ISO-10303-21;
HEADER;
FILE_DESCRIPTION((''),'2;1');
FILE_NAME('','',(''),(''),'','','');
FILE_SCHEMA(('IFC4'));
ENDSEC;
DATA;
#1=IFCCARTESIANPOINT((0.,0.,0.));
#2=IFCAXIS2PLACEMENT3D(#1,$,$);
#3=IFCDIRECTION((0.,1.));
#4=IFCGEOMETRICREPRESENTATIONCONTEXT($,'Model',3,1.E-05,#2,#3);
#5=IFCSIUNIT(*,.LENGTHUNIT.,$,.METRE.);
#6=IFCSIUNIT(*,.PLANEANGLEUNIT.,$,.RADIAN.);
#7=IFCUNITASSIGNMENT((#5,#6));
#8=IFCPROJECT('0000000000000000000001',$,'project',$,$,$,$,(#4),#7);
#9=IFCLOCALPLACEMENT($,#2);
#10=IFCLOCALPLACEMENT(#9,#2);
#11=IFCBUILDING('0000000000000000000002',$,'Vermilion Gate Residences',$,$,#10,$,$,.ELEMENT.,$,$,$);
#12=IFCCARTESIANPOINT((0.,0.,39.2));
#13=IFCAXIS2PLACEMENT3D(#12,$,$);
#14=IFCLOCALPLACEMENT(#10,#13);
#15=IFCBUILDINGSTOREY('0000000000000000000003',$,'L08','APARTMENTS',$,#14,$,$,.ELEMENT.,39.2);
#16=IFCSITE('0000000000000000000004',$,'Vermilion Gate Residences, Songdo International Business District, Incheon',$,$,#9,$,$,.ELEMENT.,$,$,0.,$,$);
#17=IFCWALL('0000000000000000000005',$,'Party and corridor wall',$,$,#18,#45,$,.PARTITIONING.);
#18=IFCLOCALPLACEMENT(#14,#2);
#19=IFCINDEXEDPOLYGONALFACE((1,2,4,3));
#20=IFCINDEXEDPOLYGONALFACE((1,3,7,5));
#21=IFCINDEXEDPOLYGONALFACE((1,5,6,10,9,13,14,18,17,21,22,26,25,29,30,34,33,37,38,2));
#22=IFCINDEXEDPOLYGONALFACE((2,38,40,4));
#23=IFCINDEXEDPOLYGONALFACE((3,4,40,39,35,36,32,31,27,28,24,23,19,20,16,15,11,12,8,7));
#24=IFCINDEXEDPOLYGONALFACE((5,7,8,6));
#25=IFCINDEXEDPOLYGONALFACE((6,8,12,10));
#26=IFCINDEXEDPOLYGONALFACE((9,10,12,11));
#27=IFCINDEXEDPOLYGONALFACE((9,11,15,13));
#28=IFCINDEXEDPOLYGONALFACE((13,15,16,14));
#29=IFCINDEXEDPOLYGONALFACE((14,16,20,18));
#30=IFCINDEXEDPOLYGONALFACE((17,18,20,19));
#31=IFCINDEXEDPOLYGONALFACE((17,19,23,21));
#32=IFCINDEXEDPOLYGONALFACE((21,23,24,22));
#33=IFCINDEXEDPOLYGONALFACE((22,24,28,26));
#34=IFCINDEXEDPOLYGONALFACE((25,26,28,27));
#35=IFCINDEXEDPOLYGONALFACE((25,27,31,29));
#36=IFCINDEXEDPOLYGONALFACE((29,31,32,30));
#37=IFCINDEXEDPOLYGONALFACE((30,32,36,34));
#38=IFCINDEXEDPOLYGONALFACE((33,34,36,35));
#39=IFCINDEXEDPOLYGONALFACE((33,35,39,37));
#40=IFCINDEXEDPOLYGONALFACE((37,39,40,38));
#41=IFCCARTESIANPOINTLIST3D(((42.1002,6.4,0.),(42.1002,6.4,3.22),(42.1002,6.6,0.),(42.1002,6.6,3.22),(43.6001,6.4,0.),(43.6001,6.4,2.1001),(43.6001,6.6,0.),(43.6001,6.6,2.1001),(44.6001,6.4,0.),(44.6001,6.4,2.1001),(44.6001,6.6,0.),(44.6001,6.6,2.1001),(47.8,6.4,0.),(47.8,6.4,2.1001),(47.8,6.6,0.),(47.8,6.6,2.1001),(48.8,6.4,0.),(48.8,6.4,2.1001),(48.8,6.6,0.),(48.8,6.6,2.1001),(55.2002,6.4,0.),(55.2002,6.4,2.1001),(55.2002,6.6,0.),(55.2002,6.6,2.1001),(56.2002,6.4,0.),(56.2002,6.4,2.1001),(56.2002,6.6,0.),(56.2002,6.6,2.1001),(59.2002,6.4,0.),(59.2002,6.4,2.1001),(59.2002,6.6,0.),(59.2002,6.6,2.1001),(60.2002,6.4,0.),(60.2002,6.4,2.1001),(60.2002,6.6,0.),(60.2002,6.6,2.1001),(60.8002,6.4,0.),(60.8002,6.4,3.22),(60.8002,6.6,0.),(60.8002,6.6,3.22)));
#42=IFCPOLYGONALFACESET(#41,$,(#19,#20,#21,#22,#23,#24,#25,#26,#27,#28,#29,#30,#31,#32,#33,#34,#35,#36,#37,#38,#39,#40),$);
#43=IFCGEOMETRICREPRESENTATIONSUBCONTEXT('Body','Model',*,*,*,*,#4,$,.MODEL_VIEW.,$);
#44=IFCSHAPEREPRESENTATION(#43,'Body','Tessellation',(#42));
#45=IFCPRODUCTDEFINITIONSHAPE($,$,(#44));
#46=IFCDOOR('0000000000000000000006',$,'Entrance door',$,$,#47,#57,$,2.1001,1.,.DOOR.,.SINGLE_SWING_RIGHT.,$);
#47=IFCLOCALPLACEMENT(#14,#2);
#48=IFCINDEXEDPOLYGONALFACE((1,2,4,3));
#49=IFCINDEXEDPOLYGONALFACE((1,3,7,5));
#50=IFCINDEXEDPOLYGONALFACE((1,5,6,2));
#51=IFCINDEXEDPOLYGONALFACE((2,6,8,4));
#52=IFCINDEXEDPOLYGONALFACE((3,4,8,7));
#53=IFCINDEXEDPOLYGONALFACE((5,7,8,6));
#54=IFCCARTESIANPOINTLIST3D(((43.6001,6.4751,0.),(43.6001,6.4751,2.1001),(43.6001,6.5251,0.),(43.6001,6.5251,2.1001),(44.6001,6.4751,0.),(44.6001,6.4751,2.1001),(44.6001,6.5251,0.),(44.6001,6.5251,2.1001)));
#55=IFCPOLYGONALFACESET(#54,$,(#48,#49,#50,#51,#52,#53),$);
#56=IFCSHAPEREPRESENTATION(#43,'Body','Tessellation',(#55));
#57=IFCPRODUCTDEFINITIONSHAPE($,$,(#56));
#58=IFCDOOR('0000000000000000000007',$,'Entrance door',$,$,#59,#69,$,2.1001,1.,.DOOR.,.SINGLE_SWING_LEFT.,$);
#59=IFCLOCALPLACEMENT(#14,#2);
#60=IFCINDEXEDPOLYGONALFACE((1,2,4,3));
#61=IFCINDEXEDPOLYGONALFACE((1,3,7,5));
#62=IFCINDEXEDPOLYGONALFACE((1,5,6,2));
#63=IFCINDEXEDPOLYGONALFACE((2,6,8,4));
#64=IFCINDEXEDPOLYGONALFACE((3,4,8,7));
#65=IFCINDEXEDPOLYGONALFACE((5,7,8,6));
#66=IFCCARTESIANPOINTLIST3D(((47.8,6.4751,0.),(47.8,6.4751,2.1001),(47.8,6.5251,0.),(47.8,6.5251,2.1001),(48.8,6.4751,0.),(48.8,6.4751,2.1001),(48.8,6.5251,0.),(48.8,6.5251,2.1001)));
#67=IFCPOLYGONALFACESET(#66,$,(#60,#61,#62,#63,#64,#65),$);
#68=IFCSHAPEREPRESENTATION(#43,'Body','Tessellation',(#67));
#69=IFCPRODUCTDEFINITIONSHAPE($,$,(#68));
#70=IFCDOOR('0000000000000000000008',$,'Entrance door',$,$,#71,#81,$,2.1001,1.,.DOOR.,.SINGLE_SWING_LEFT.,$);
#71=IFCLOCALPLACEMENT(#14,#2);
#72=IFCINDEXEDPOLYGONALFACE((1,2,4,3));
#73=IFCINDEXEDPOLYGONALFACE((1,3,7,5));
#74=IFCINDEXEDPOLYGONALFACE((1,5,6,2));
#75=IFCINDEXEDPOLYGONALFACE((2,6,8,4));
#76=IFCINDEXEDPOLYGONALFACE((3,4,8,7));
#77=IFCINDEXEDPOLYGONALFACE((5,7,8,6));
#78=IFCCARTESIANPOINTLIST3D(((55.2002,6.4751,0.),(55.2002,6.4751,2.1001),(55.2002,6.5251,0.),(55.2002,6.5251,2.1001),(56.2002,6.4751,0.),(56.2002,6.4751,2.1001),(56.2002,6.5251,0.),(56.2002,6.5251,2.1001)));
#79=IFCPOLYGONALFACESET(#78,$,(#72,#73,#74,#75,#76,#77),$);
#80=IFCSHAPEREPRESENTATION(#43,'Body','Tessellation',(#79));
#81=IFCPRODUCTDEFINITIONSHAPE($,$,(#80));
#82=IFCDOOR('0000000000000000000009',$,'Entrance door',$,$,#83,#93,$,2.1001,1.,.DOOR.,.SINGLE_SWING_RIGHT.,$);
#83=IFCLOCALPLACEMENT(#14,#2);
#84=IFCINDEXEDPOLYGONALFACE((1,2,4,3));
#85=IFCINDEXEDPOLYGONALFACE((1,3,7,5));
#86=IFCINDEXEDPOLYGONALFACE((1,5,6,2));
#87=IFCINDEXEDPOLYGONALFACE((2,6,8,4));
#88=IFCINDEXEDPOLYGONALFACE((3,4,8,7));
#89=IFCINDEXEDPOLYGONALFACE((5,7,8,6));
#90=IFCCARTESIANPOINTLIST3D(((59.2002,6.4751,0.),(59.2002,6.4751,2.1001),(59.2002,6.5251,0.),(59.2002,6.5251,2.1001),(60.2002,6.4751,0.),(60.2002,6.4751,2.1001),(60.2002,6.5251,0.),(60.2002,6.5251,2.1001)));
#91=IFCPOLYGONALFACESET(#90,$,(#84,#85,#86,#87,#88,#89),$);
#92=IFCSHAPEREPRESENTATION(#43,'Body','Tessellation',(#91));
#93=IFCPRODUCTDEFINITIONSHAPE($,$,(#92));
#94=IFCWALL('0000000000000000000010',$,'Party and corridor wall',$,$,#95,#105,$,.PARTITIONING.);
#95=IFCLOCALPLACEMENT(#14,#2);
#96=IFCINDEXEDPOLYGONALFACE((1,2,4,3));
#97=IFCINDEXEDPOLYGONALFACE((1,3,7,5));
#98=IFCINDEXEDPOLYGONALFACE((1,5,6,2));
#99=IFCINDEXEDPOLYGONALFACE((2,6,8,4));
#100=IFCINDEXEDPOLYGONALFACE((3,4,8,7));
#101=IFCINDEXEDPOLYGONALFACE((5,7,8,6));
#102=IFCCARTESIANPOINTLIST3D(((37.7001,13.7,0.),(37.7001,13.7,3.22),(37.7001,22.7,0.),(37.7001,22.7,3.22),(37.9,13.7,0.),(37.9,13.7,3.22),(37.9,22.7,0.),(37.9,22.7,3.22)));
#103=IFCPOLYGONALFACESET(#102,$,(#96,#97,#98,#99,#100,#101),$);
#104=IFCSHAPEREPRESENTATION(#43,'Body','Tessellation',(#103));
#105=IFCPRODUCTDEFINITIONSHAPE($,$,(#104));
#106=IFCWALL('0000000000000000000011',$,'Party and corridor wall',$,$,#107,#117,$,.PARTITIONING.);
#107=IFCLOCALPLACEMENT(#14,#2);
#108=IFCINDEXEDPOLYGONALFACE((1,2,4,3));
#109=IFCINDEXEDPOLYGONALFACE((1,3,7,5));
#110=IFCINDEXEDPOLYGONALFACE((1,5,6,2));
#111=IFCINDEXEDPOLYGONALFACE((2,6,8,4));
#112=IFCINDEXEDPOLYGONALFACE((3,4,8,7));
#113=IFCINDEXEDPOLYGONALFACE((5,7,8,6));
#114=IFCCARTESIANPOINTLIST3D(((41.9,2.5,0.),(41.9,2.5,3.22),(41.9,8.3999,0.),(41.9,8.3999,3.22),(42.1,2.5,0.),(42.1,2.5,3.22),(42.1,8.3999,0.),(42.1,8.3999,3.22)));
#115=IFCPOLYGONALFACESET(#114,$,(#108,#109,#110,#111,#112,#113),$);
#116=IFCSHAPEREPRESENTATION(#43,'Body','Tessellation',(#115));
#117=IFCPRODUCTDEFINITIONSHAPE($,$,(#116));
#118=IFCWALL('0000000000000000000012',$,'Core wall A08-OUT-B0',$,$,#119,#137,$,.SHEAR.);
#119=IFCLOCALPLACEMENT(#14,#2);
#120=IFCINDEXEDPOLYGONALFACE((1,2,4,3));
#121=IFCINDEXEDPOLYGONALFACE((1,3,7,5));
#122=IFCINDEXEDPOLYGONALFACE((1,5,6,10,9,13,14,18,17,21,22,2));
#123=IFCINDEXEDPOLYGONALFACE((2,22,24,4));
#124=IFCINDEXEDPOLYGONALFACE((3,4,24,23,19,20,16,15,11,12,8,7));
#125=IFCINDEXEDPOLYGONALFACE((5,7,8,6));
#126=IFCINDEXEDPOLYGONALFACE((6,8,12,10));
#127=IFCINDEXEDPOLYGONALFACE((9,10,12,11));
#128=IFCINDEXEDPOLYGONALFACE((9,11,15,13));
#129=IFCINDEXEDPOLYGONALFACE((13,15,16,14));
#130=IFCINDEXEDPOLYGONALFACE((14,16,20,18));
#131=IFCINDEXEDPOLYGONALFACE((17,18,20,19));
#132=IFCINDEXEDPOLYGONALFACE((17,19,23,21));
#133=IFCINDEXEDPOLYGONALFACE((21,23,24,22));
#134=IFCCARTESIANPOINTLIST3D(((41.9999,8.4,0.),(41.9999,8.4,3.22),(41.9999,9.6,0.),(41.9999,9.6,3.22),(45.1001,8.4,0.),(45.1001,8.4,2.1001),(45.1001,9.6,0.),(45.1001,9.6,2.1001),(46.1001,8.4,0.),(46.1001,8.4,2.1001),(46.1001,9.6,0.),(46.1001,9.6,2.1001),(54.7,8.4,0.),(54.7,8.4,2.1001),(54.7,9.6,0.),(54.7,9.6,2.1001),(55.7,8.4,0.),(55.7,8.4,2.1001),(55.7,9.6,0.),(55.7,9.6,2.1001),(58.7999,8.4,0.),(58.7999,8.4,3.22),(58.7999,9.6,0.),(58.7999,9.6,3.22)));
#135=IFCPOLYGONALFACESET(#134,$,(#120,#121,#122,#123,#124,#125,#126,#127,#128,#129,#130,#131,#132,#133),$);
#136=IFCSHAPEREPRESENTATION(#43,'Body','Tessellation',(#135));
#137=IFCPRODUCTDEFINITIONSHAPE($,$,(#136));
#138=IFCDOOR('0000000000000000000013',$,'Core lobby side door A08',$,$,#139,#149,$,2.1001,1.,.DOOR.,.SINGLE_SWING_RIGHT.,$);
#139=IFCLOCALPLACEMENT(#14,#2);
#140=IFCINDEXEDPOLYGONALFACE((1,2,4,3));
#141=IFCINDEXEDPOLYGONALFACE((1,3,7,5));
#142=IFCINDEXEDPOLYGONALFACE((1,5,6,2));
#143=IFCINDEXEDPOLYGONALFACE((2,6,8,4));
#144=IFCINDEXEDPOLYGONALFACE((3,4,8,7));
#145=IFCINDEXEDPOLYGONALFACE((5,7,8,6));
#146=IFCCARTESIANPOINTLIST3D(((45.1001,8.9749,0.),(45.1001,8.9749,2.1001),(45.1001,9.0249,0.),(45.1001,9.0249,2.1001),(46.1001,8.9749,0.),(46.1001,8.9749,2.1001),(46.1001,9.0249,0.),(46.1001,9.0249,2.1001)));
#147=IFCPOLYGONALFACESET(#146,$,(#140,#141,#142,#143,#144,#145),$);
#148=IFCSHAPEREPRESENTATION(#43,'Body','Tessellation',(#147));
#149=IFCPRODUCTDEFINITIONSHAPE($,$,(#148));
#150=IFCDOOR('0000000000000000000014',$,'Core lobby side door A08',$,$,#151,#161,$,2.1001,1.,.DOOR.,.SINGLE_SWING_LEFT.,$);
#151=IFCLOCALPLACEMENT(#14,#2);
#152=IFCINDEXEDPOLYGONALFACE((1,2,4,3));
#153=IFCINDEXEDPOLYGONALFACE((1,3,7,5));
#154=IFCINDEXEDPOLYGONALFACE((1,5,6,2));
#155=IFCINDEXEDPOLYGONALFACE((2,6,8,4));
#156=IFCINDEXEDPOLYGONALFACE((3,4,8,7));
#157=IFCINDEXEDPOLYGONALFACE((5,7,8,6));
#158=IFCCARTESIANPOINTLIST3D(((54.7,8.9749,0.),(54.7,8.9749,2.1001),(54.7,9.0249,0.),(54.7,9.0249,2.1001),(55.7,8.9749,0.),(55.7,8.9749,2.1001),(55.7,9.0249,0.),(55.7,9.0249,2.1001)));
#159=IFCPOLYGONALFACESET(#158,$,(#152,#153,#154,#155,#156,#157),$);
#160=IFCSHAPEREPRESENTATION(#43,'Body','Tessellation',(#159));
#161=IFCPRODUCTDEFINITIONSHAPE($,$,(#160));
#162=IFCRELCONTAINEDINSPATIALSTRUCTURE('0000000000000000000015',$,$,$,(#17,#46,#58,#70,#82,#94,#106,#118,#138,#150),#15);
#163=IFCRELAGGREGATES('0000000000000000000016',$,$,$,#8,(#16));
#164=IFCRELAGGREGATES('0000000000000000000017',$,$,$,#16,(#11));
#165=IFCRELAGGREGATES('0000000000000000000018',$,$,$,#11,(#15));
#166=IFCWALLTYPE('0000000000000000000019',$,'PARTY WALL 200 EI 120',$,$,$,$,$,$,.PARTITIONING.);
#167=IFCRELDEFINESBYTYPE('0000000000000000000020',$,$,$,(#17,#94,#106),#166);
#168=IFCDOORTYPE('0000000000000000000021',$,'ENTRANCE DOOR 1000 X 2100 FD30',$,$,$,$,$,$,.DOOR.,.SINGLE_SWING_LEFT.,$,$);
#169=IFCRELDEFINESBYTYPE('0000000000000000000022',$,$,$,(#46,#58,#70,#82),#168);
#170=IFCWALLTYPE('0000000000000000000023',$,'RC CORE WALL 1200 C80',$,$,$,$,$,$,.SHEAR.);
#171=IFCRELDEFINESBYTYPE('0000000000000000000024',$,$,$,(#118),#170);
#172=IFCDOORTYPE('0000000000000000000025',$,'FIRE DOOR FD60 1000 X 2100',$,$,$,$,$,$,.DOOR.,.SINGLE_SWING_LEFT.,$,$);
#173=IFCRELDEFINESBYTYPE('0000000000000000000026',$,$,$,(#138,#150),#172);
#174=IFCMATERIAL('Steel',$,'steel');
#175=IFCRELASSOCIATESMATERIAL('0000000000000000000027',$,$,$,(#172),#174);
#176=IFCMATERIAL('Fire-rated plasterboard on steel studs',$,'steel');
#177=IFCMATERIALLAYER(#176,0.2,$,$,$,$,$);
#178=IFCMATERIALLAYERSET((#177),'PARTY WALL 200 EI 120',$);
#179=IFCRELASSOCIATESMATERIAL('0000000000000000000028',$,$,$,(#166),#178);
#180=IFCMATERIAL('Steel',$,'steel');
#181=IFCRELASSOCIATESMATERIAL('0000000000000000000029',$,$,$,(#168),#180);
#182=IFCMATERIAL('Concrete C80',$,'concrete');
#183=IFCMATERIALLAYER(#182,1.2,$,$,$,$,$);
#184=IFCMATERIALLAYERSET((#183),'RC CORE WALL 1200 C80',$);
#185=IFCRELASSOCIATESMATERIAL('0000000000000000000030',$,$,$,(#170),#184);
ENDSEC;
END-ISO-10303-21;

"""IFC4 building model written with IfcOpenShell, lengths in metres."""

from ifc_helpers import new_model, si_unit, direction, frame, frame_2d, origin, place, context, subcontext, project, spatial, rectangle, extrude, material, layer, layer_set, type_object, element, fill, save


model = new_model("IFC4")

# Units and contexts
model_context = context("Model", 3, precision=1e-05, world=origin(), true_north=direction((0.0, 1.0)))
body_context = subcontext(model_context, "Body", "Model", "MODEL_VIEW")
ifc_project = project(units=[si_unit("LENGTHUNIT", "METRE"), si_unit("PLANEANGLEUNIT", "RADIAN")], contexts=[model_context])

# Site, building, storey
site_placement = place(None, origin())
site = spatial("IfcSite", under=ifc_project, at=site_placement, Name="Vermilion Gate Residences, Songdo International Business District, Incheon", CompositionType="ELEMENT", RefElevation=0.0)
building_placement = place(site_placement, origin())
building = spatial("IfcBuilding", under=site, at=building_placement, Name="Vermilion Gate Residences", CompositionType="ELEMENT")
storey_placement = place(building_placement, frame((0.0, 0.0, 39.2)))
storey = spatial("IfcBuildingStorey", under=building, at=storey_placement, Name="L08", Description="APARTMENTS", CompositionType="ELEMENT", Elevation=39.2)

# Shared definitions
ifc_material_1 = material(Name="Steel", Category="steel")
door_type_1 = type_object("IfcDoorType", Name="FIRE DOOR FD60 1000 X 2100", OperationType="SINGLE_SWING_LEFT", PredefinedType="DOOR", material=ifc_material_1)

# Wall, openings, doors
ifc_material_2 = material(Name="Fire-rated plasterboard on steel studs", Category="steel")
ifc_layer_1 = layer(ifc_material_2, 0.2)
ifc_layer_set_1 = layer_set([ifc_layer_1], Name="PARTY WALL 200 EI 120")
wall_type_1 = type_object("IfcWallType", Name="PARTY WALL 200 EI 120", PredefinedType="PARTITIONING", material=ifc_layer_set_1)
wall_1_placement = place(storey_placement, frame((42.1001, 6.5, 0.0), z_axis=(0.0, 0.0, 1.0), x_axis=(1.0, 0.0, 0.0)))
wall_1 = element("IfcWall", 1, at=wall_1_placement, inside=storey, type_object=wall_type_1, Name="Party and corridor wall", PredefinedType="PARTITIONING", context=body_context, shape_type="SweptSolid", body=[
    extrude(rectangle(XDim=18.7, YDim=0.2, at=frame_2d((9.3501, 0.0))), origin(), (0.0, 0.0, 1.0), 3.22),
])
opening_1_placement = place(wall_1_placement, frame((1.5, 0.0, 0.0)))
opening_1 = element("IfcOpeningElement", 2, at=opening_1_placement, cuts=wall_1, PredefinedType="OPENING", context=body_context, shape_type="SweptSolid", body=[
    extrude(rectangle(XDim=1.0, YDim=2.1001, at=frame_2d((0.5, 1.05))), frame((0.0, 0.1099, 0.0), z_axis=(0.0, -1.0, 0.0), x_axis=(1.0, 0.0, 0.0)), (0.0, 0.0, 1.0), 0.22),
])
opening_2_placement = place(wall_1_placement, frame((5.7, 0.0, 0.0)))
opening_2 = element("IfcOpeningElement", 3, at=opening_2_placement, cuts=wall_1, PredefinedType="OPENING", context=body_context, shape_type="SweptSolid", body=[
    extrude(rectangle(XDim=1.0, YDim=2.1001, at=frame_2d((0.5, 1.05))), frame((0.0, 0.1099, 0.0), z_axis=(0.0, -1.0, 0.0), x_axis=(1.0, 0.0, 0.0)), (0.0, 0.0, 1.0), 0.22),
])
opening_3_placement = place(wall_1_placement, frame((13.1001, 0.0, 0.0)))
opening_3 = element("IfcOpeningElement", 4, at=opening_3_placement, cuts=wall_1, PredefinedType="OPENING", context=body_context, shape_type="SweptSolid", body=[
    extrude(rectangle(XDim=1.0, YDim=2.1001, at=frame_2d((0.5, 1.05))), frame((0.0, 0.1099, 0.0), z_axis=(0.0, -1.0, 0.0), x_axis=(1.0, 0.0, 0.0)), (0.0, 0.0, 1.0), 0.22),
])
opening_4_placement = place(wall_1_placement, frame((17.1001, 0.0, 0.0)))
opening_4 = element("IfcOpeningElement", 5, at=opening_4_placement, cuts=wall_1, PredefinedType="OPENING", context=body_context, shape_type="SweptSolid", body=[
    extrude(rectangle(XDim=1.0, YDim=2.1001, at=frame_2d((0.5, 1.05))), frame((0.0, 0.1099, 0.0), z_axis=(0.0, -1.0, 0.0), x_axis=(1.0, 0.0, 0.0)), (0.0, 0.0, 1.0), 0.22),
])
ifc_material_3 = material(Name="Steel", Category="steel")
door_type_2 = type_object("IfcDoorType", Name="ENTRANCE DOOR 1000 X 2100 FD30", OperationType="SINGLE_SWING_LEFT", PredefinedType="DOOR", material=ifc_material_3)
door_1_placement = place(opening_1_placement, frame((1.0, 0.0, 0.0), z_axis=(0.0, 0.0, 1.0), x_axis=(-1.0, 0.0, 0.0)))
door_1 = element("IfcDoor", 6, at=door_1_placement, inside=storey, type_object=door_type_2, Name="Entrance door", OperationType="SINGLE_SWING_RIGHT", OverallHeight=2.1001, OverallWidth=1.0, PredefinedType="DOOR", context=body_context, shape_type="SweptSolid", body=[
    extrude(rectangle(XDim=1.0, YDim=2.1001, at=frame_2d((0.5, 1.05))), frame((0.0, 0.0249, 0.0), z_axis=(0.0, -1.0, 0.0), x_axis=(1.0, 0.0, 0.0)), (0.0, 0.0, 1.0), 0.05),
])
fill(opening_1, door_1)
door_2_placement = place(opening_2_placement, frame((1.0, 0.0, 0.0), z_axis=(0.0, 0.0, 1.0), x_axis=(-1.0, 0.0, 0.0)))
door_2 = element("IfcDoor", 7, at=door_2_placement, inside=storey, type_object=door_type_2, Name="Entrance door", OperationType="SINGLE_SWING_LEFT", OverallHeight=2.1001, OverallWidth=1.0, PredefinedType="DOOR", context=body_context, shape_type="SweptSolid", body=[
    extrude(rectangle(XDim=1.0, YDim=2.1001, at=frame_2d((0.5, 1.05))), frame((0.0, 0.0249, 0.0), z_axis=(0.0, -1.0, 0.0), x_axis=(1.0, 0.0, 0.0)), (0.0, 0.0, 1.0), 0.05),
])
fill(opening_2, door_2)
door_3_placement = place(opening_3_placement, frame((1.0, 0.0, 0.0), z_axis=(0.0, 0.0, 1.0), x_axis=(-1.0, 0.0, 0.0)))
door_3 = element("IfcDoor", 8, at=door_3_placement, inside=storey, type_object=door_type_2, Name="Entrance door", OperationType="SINGLE_SWING_LEFT", OverallHeight=2.1001, OverallWidth=1.0, PredefinedType="DOOR", context=body_context, shape_type="SweptSolid", body=[
    extrude(rectangle(XDim=1.0, YDim=2.1001, at=frame_2d((0.5, 1.05))), frame((0.0, 0.0249, 0.0), z_axis=(0.0, -1.0, 0.0), x_axis=(1.0, 0.0, 0.0)), (0.0, 0.0, 1.0), 0.05),
])
fill(opening_3, door_3)
door_4_placement = place(opening_4_placement, frame((1.0, 0.0, 0.0), z_axis=(0.0, 0.0, 1.0), x_axis=(-1.0, 0.0, 0.0)))
door_4 = element("IfcDoor", 9, at=door_4_placement, inside=storey, type_object=door_type_2, Name="Entrance door", OperationType="SINGLE_SWING_RIGHT", OverallHeight=2.1001, OverallWidth=1.0, PredefinedType="DOOR", context=body_context, shape_type="SweptSolid", body=[
    extrude(rectangle(XDim=1.0, YDim=2.1001, at=frame_2d((0.5, 1.05))), frame((0.0, 0.0249, 0.0), z_axis=(0.0, -1.0, 0.0), x_axis=(1.0, 0.0, 0.0)), (0.0, 0.0, 1.0), 0.05),
])
fill(opening_4, door_4)

# Walls
wall_2_placement = place(storey_placement, frame((37.8, 13.7, 0.0), z_axis=(0.0, 0.0, 1.0), x_axis=(0.0, 1.0, 0.0)))
element("IfcWall", 10, at=wall_2_placement, inside=storey, type_object=wall_type_1, Name="Party and corridor wall", PredefinedType="PARTITIONING", context=body_context, shape_type="SweptSolid", body=[
    extrude(rectangle(XDim=9.0, YDim=0.2, at=frame_2d((4.5, 0.0))), origin(), (0.0, 0.0, 1.0), 3.22),
])
wall_3_placement = place(storey_placement, frame((42.0, 2.5, 0.0), z_axis=(0.0, 0.0, 1.0), x_axis=(0.0, 1.0, 0.0)))
element("IfcWall", 11, at=wall_3_placement, inside=storey, type_object=wall_type_1, Name="Party and corridor wall", PredefinedType="PARTITIONING", context=body_context, shape_type="SweptSolid", body=[
    extrude(rectangle(XDim=5.8999, YDim=0.2, at=frame_2d((2.95, 0.0))), origin(), (0.0, 0.0, 1.0), 3.22),
])

# Wall, openings, doors
ifc_material_4 = material(Name="Concrete C80", Category="concrete")
ifc_layer_2 = layer(ifc_material_4, 1.2)
ifc_layer_set_2 = layer_set([ifc_layer_2], Name="RC CORE WALL 1200 C80")
wall_type_2 = type_object("IfcWallType", Name="RC CORE WALL 1200 C80", PredefinedType="SHEAR", material=ifc_layer_set_2)
wall_4_placement = place(storey_placement, frame((42.0, 9.0, 0.0), z_axis=(0.0, 0.0, 1.0), x_axis=(1.0, 0.0, 0.0)))
wall_4 = element("IfcWall", 12, at=wall_4_placement, inside=storey, type_object=wall_type_2, Name="Core wall A08-OUT-B0", PredefinedType="SHEAR", context=body_context, shape_type="SweptSolid", body=[
    extrude(rectangle(XDim=16.8, YDim=1.2, at=frame_2d((8.3999, 0.0))), origin(), (0.0, 0.0, 1.0), 3.22),
])
opening_5_placement = place(wall_4_placement, frame((3.1001, 0.0, 0.0)))
opening_5 = element("IfcOpeningElement", 13, at=opening_5_placement, cuts=wall_4, PredefinedType="OPENING", context=body_context, shape_type="SweptSolid", body=[
    extrude(rectangle(XDim=1.0, YDim=2.1001, at=frame_2d((0.5, 1.05))), frame((0.0, 0.6099, 0.0), z_axis=(0.0, -1.0, 0.0), x_axis=(1.0, 0.0, 0.0)), (0.0, 0.0, 1.0), 1.22),
])
opening_6_placement = place(wall_4_placement, frame((12.7, 0.0, 0.0)))
opening_6 = element("IfcOpeningElement", 14, at=opening_6_placement, cuts=wall_4, PredefinedType="OPENING", context=body_context, shape_type="SweptSolid", body=[
    extrude(rectangle(XDim=1.0, YDim=2.1001, at=frame_2d((0.5, 1.05))), frame((0.0, 0.6099, 0.0), z_axis=(0.0, -1.0, 0.0), x_axis=(1.0, 0.0, 0.0)), (0.0, 0.0, 1.0), 1.22),
])
door_5_placement = place(opening_5_placement, origin())
door_5 = element("IfcDoor", 15, at=door_5_placement, inside=storey, type_object=door_type_1, Name="Core lobby side door A08", OperationType="SINGLE_SWING_RIGHT", OverallHeight=2.1001, OverallWidth=1.0, PredefinedType="DOOR", context=body_context, shape_type="SweptSolid", body=[
    extrude(rectangle(XDim=1.0, YDim=2.1001, at=frame_2d((0.5, 1.05))), frame((0.0, 0.0249, 0.0), z_axis=(0.0, -1.0, 0.0), x_axis=(1.0, 0.0, 0.0)), (0.0, 0.0, 1.0), 0.05),
])
fill(opening_5, door_5)
door_6_placement = place(opening_6_placement, origin())
door_6 = element("IfcDoor", 16, at=door_6_placement, inside=storey, type_object=door_type_1, Name="Core lobby side door A08", OperationType="SINGLE_SWING_LEFT", OverallHeight=2.1001, OverallWidth=1.0, PredefinedType="DOOR", context=body_context, shape_type="SweptSolid", body=[
    extrude(rectangle(XDim=1.0, YDim=2.1001, at=frame_2d((0.5, 1.05))), frame((0.0, 0.0249, 0.0), z_axis=(0.0, -1.0, 0.0), x_axis=(1.0, 0.0, 0.0)), (0.0, 0.0, 1.0), 0.05),
])
fill(opening_6, door_6)

save(model, "model.ifc")
